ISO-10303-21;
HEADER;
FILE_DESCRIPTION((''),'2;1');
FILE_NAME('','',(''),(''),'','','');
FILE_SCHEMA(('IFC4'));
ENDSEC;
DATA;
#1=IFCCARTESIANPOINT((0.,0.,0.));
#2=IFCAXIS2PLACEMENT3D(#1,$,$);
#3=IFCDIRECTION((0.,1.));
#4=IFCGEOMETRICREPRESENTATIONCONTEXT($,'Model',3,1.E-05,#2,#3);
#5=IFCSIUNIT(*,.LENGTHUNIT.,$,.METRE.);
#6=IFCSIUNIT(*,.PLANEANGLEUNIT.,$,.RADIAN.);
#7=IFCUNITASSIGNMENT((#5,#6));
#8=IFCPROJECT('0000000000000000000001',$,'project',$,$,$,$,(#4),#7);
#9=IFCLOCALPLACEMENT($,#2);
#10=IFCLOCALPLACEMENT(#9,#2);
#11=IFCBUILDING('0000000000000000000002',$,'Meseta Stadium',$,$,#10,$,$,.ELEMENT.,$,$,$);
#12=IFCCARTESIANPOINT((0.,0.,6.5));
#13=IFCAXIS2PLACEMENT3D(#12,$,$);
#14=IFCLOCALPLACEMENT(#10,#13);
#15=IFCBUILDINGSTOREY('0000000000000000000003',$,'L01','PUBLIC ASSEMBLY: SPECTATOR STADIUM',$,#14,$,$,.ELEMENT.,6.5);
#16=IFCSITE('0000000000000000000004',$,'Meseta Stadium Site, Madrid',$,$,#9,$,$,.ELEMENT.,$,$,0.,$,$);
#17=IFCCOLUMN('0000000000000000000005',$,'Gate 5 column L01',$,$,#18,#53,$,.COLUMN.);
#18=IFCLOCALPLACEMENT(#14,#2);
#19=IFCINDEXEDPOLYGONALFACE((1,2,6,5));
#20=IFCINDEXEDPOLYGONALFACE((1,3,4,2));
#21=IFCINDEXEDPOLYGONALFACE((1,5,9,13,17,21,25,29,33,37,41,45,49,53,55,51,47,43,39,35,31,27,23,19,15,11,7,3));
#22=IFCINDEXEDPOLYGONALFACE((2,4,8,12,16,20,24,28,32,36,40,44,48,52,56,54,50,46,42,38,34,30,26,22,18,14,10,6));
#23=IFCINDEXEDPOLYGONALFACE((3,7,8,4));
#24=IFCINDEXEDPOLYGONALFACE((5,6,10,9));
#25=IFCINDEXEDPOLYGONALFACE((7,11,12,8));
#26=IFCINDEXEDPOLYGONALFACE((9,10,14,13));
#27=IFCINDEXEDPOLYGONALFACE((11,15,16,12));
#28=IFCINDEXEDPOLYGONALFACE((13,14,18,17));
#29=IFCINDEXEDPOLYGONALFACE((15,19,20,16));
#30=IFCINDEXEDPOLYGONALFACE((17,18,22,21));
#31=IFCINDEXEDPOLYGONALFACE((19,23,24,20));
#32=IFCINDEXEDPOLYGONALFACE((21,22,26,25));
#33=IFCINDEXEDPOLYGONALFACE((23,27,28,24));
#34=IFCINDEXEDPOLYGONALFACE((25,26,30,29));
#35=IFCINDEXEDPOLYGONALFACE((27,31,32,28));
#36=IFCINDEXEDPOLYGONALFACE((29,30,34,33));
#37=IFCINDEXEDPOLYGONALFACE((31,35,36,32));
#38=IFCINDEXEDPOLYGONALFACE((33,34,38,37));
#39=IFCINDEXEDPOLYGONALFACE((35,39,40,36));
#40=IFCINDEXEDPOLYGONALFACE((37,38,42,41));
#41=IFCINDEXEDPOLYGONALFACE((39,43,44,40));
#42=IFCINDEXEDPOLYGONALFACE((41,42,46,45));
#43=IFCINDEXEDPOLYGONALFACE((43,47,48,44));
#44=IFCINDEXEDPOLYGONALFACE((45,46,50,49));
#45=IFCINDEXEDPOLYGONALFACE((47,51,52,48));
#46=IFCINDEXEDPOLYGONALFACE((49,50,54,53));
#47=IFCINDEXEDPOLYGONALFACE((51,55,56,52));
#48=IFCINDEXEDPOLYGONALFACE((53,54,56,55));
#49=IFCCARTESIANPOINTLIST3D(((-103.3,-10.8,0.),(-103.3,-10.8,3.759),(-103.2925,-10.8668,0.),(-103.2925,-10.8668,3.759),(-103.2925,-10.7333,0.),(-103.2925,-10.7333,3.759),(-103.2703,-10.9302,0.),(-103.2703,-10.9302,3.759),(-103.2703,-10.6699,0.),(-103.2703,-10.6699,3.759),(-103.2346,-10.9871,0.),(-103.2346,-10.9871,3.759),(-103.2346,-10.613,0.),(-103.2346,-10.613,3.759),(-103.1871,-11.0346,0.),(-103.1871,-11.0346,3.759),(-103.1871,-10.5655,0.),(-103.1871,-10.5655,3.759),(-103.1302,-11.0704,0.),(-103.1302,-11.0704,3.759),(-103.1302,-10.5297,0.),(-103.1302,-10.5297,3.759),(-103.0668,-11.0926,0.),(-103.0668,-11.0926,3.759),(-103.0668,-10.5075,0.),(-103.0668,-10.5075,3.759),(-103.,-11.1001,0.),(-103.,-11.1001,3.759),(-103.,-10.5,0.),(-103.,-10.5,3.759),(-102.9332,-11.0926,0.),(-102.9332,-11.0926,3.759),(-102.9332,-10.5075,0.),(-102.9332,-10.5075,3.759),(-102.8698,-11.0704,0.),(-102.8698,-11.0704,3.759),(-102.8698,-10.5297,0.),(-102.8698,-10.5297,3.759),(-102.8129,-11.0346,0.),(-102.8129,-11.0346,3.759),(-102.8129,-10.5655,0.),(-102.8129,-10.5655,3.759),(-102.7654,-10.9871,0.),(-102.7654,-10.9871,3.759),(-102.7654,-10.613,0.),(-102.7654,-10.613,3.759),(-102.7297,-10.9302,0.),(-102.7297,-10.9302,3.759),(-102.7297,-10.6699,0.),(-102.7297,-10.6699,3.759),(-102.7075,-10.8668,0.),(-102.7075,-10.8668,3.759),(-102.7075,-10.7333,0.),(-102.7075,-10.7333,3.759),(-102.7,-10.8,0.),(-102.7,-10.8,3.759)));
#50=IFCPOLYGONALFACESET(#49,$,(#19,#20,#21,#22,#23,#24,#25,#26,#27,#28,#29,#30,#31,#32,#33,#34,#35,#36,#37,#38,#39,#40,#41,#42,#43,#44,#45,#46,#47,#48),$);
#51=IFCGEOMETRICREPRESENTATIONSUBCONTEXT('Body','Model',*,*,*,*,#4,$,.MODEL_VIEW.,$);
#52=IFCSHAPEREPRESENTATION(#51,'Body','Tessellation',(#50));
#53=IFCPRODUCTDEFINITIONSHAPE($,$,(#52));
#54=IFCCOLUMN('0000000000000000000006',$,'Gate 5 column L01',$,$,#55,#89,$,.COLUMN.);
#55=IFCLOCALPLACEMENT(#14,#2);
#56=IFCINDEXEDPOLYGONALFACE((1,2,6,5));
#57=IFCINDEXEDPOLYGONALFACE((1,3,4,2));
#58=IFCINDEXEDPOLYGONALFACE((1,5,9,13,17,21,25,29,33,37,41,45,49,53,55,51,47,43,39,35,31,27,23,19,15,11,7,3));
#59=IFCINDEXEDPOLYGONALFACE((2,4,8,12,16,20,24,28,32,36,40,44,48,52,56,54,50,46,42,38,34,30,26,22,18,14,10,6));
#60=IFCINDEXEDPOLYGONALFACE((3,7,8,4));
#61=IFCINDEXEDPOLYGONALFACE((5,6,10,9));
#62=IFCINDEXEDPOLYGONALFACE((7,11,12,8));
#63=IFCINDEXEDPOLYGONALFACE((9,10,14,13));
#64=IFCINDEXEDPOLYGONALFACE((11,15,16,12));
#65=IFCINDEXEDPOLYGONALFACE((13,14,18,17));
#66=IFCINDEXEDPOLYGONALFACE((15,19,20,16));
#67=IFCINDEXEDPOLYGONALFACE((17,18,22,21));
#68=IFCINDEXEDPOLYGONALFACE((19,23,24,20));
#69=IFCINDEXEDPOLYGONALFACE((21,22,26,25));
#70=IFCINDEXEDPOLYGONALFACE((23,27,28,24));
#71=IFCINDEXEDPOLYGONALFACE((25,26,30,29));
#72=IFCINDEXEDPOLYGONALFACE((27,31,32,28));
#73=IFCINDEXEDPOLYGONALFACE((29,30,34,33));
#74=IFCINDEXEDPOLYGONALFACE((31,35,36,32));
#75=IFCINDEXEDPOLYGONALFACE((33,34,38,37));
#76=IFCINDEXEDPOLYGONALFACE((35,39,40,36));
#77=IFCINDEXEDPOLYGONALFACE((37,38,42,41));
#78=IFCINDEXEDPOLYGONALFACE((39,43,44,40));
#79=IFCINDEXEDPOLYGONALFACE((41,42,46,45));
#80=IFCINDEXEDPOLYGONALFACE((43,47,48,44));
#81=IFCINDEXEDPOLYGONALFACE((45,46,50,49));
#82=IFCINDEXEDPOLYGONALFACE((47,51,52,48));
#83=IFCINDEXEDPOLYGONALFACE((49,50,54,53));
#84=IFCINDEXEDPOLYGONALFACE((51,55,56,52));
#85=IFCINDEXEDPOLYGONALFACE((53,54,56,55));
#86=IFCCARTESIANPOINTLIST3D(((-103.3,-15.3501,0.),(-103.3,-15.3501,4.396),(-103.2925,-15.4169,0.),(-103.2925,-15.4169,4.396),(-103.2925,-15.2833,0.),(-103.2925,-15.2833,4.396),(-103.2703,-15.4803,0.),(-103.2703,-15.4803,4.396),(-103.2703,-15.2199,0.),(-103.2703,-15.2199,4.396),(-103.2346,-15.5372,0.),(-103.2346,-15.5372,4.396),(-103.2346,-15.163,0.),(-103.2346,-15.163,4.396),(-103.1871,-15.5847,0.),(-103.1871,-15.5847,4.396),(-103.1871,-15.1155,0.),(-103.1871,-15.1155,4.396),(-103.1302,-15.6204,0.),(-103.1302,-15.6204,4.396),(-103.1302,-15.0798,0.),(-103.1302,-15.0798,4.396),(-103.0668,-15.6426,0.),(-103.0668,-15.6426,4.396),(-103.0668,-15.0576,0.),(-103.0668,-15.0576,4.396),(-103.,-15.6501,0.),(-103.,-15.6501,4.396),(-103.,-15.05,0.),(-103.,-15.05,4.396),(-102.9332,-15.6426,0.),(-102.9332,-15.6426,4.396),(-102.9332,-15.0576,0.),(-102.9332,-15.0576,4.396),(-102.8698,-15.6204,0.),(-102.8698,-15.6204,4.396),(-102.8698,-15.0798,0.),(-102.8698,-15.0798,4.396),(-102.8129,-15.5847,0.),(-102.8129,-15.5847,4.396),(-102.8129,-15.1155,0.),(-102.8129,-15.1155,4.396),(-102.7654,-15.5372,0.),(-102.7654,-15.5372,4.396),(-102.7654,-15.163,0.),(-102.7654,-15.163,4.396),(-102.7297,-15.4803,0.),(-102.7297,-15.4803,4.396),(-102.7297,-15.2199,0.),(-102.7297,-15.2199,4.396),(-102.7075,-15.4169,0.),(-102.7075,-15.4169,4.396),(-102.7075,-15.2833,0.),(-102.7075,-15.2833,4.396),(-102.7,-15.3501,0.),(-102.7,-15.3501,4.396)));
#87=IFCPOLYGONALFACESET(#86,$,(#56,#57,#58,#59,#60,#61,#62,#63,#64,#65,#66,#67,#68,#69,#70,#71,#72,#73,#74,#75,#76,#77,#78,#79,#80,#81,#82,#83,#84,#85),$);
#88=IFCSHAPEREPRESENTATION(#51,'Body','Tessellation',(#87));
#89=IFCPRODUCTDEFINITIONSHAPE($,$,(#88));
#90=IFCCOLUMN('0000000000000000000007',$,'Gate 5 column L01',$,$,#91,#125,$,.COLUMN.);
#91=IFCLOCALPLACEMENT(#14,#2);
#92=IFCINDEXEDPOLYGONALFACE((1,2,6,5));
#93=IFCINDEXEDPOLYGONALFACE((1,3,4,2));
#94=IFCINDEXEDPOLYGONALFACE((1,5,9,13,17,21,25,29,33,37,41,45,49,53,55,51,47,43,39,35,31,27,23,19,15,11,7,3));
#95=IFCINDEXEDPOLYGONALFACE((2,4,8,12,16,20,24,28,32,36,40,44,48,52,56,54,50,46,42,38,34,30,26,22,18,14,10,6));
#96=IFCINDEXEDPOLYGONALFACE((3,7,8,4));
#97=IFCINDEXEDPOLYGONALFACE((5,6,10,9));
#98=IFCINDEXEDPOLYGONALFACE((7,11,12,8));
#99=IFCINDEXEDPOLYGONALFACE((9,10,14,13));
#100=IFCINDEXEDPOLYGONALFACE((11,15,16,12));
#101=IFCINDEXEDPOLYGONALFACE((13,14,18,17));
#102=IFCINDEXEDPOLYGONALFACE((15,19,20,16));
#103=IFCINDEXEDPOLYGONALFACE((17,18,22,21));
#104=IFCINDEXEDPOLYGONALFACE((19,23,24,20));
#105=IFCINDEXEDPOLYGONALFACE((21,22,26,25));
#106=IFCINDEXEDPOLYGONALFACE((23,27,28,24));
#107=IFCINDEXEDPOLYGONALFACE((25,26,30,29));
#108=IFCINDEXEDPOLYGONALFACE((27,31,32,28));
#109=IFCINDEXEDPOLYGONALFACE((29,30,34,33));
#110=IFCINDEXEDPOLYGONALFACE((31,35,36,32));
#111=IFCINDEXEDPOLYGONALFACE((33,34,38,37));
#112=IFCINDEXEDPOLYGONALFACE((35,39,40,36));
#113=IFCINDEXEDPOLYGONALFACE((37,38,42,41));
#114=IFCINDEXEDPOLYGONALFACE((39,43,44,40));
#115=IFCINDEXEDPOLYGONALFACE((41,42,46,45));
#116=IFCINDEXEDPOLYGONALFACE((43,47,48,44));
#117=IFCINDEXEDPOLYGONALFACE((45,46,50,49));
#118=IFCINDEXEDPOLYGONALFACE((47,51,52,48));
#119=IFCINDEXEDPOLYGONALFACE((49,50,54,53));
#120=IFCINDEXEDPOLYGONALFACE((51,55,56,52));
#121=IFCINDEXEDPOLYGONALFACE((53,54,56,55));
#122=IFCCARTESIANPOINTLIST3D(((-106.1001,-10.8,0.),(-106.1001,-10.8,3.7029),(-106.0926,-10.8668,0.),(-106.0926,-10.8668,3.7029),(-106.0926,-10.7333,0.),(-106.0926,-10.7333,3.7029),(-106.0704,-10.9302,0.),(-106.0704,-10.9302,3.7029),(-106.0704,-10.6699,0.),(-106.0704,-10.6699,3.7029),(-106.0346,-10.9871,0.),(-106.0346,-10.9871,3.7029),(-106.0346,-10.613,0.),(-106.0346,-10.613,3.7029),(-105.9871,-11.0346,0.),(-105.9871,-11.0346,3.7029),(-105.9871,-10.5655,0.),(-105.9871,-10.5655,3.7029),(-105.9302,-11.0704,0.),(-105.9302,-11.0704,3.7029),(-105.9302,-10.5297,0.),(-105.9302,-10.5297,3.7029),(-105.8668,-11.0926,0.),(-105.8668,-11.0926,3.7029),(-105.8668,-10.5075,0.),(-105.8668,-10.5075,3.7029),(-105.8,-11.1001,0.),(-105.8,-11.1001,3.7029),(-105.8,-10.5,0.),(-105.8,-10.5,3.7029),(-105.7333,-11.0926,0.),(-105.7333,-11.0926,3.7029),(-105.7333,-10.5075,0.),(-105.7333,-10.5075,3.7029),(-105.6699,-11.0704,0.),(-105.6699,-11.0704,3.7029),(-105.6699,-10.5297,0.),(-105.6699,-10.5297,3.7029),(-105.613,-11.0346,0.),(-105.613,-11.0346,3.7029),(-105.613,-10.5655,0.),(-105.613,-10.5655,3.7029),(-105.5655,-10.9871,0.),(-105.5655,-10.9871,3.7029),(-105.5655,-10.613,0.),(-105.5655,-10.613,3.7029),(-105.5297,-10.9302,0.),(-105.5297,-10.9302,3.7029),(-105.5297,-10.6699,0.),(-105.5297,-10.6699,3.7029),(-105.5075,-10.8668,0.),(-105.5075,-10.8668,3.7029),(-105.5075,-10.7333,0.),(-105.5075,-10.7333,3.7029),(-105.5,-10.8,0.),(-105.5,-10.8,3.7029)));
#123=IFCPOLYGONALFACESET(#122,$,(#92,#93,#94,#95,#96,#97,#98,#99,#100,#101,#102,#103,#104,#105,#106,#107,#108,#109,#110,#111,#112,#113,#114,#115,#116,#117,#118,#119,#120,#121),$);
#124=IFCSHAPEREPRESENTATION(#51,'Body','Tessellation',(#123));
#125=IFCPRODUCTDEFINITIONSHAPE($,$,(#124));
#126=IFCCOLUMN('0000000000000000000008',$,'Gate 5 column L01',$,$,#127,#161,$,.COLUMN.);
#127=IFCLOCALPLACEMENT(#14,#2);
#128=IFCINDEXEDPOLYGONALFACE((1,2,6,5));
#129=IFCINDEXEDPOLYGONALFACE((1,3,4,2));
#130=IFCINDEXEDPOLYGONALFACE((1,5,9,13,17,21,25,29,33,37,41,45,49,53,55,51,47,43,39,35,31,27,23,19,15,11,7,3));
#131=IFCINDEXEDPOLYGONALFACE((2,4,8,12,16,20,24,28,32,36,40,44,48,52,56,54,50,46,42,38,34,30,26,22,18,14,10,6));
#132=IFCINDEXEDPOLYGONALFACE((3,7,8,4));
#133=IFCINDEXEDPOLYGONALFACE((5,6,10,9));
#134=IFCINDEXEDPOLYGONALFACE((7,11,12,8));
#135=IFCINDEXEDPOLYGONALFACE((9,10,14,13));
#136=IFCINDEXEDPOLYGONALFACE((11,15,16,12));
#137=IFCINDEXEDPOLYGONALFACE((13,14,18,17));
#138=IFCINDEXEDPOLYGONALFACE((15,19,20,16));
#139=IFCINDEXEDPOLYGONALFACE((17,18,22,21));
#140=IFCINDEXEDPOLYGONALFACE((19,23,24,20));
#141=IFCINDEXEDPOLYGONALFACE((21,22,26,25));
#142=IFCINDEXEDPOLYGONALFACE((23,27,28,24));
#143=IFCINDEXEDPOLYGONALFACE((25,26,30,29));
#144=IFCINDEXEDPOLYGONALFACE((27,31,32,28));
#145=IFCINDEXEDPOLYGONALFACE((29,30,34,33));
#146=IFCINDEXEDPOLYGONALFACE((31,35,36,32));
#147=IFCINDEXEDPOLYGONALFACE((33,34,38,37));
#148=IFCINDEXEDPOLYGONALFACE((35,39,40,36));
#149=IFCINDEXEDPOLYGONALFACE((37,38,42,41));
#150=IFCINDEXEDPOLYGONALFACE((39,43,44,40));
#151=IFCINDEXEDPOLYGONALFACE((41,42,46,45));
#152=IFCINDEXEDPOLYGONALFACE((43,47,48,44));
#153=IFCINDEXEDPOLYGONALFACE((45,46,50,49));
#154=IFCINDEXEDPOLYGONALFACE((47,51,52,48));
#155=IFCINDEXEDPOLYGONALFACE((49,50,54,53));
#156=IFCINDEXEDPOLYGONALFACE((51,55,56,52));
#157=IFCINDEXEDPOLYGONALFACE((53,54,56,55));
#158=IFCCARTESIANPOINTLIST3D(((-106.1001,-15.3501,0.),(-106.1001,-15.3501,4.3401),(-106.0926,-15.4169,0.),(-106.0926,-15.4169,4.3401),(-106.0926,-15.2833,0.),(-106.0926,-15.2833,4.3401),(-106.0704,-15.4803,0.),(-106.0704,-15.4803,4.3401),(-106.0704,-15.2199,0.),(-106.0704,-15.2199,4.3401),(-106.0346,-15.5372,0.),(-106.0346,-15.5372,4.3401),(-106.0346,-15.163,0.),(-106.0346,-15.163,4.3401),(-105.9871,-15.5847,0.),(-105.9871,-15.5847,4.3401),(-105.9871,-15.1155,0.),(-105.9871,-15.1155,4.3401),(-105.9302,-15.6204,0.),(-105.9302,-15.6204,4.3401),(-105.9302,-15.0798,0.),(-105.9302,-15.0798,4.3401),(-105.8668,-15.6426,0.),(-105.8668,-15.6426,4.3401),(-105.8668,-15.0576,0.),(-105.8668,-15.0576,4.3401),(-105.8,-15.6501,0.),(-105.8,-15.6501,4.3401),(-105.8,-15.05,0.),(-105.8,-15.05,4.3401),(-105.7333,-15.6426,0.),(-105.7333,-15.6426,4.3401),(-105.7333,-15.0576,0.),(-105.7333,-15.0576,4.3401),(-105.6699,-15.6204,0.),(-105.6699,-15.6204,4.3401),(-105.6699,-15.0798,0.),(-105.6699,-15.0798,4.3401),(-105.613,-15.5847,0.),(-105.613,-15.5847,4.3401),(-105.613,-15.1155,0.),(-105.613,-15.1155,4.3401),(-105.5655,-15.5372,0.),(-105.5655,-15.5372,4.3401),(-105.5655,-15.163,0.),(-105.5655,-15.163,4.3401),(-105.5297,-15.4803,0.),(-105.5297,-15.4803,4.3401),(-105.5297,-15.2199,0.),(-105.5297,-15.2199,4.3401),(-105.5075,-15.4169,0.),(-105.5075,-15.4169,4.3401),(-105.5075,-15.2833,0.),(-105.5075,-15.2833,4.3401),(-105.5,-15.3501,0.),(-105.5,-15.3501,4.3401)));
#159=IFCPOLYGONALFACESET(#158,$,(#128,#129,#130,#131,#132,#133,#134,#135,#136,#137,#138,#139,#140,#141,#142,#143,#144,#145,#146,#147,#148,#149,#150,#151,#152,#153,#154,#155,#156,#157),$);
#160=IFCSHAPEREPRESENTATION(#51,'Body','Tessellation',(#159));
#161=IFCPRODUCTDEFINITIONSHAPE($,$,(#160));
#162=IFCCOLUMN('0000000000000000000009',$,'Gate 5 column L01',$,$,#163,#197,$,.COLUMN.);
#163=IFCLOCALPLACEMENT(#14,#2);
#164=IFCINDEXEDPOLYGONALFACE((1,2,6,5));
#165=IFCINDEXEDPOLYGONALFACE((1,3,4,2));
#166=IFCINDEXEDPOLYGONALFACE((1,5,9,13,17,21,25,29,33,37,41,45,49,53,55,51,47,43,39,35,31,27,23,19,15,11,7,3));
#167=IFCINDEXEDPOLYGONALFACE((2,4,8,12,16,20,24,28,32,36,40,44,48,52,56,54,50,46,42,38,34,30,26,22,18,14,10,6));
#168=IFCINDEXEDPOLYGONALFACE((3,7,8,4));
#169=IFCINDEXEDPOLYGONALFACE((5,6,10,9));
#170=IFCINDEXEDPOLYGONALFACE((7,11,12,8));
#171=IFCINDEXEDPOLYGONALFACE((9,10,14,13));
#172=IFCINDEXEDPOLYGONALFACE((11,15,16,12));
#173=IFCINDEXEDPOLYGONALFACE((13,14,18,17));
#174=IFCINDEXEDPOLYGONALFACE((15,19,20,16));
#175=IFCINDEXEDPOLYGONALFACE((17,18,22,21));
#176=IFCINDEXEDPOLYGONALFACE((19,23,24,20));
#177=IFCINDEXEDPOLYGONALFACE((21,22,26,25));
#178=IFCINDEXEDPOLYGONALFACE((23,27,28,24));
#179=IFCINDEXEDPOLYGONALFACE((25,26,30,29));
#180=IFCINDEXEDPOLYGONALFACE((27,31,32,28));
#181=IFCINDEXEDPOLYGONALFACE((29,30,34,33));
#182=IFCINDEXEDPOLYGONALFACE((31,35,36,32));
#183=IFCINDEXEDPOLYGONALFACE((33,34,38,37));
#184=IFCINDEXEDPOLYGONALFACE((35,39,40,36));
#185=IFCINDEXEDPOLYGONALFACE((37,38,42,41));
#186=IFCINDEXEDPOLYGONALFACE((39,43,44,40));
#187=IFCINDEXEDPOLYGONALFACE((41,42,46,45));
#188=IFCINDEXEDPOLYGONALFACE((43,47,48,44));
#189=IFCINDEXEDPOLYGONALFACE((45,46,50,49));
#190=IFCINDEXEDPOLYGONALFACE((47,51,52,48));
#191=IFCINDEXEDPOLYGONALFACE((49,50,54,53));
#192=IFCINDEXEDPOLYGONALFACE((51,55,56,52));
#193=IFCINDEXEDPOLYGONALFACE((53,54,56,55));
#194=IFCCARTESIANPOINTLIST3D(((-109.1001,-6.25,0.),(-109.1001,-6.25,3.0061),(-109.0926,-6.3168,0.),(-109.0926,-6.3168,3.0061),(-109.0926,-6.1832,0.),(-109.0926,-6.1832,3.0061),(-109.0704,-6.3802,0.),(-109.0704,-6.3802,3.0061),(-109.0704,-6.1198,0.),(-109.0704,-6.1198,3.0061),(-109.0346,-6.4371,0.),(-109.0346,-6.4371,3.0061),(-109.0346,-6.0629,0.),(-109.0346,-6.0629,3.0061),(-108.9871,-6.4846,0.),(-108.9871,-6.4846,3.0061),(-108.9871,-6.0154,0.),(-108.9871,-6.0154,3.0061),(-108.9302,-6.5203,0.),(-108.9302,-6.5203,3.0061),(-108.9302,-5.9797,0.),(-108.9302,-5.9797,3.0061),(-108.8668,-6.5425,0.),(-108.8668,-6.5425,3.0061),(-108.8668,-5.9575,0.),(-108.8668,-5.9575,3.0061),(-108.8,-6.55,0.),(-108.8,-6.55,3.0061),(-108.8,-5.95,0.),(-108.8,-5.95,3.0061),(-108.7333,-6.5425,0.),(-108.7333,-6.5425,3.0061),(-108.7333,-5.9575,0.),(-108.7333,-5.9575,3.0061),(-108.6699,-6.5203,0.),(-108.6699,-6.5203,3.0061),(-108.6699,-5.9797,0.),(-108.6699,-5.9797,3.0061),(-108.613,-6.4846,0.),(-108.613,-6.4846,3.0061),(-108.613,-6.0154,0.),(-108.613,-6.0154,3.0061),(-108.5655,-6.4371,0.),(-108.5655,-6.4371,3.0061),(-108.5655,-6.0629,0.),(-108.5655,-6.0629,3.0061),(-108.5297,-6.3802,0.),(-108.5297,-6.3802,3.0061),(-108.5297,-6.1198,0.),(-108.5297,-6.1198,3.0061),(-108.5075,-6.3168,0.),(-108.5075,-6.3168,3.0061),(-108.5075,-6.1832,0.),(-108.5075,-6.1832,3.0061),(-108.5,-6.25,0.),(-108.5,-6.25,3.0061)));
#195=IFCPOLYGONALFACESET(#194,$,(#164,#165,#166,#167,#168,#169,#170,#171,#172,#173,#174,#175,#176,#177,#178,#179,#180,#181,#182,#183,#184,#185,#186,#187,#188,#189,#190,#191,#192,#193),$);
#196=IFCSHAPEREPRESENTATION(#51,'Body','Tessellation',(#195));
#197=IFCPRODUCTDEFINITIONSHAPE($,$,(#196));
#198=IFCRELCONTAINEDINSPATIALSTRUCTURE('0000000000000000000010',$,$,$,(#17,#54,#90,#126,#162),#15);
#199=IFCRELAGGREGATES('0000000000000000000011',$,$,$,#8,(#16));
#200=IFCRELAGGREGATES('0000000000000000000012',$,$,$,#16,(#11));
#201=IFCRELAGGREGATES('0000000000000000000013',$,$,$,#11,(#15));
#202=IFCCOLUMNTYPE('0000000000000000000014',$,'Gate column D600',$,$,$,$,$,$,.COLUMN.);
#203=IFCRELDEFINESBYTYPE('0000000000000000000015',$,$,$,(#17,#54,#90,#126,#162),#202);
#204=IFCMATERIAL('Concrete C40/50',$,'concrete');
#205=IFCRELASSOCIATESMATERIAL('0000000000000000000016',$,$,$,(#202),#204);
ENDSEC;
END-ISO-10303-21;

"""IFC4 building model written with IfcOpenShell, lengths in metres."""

from ifc_helpers import new_model, si_unit, direction, frame, origin, origin_2d, place, context, subcontext, project, spatial, circle, extrude, material, material_profile, profile_set, type_object, element, save


model = new_model("IFC4")

# Units and contexts
model_context = context("Model", 3, precision=1e-05, world=origin(), true_north=direction((0.0, 1.0)))
body_context = subcontext(model_context, "Body", "Model", "MODEL_VIEW")
ifc_project = project(units=[si_unit("LENGTHUNIT", "METRE"), si_unit("PLANEANGLEUNIT", "RADIAN")], contexts=[model_context])

# Site, building, storey
site_placement = place(None, origin())
site = spatial("IfcSite", under=ifc_project, at=site_placement, Name="Meseta Stadium Site, Madrid", CompositionType="ELEMENT", RefElevation=0.0)
building_placement = place(site_placement, origin())
building = spatial("IfcBuilding", under=site, at=building_placement, Name="Meseta Stadium", CompositionType="ELEMENT")
storey_placement = place(building_placement, frame((0.0, 0.0, 6.5)))
storey = spatial("IfcBuildingStorey", under=building, at=storey_placement, Name="L01", Description="PUBLIC ASSEMBLY: SPECTATOR STADIUM", CompositionType="ELEMENT", Elevation=6.5)

# Columns
ifc_material_1 = material(Name="Concrete C40/50", Category="concrete")
ifc_material_profile_1 = material_profile(ifc_material_1, circle(Radius=0.3, at=origin_2d()), Name="RC D600")
ifc_profile_set_1 = profile_set([ifc_material_profile_1], Name="Concrete C40/50")
column_type = type_object("IfcColumnType", Name="Gate column D600", PredefinedType="COLUMN", material=ifc_profile_set_1)
column_1_placement = place(storey_placement, frame((-103.0, -10.8, 0.0), z_axis=(0.0, 0.0, 1.0), x_axis=(1.0, 0.0, 0.0)))
element("IfcColumn", 1, at=column_1_placement, inside=storey, type_object=column_type, Name="Gate 5 column L01", PredefinedType="COLUMN", context=body_context, shape_type="SweptSolid", body=[
    extrude(circle(Radius=0.3, at=origin_2d()), origin(), (0.0, 0.0, 1.0), 3.759),
])
column_2_placement = place(storey_placement, frame((-103.0, -15.3501, 0.0), z_axis=(0.0, 0.0, 1.0), x_axis=(1.0, 0.0, 0.0)))
element("IfcColumn", 2, at=column_2_placement, inside=storey, type_object=column_type, Name="Gate 5 column L01", PredefinedType="COLUMN", context=body_context, shape_type="SweptSolid", body=[
    extrude(circle(Radius=0.3, at=origin_2d()), origin(), (0.0, 0.0, 1.0), 4.396),
])
column_3_placement = place(storey_placement, frame((-105.8, -10.8, 0.0), z_axis=(0.0, 0.0, 1.0), x_axis=(1.0, 0.0, 0.0)))
element("IfcColumn", 3, at=column_3_placement, inside=storey, type_object=column_type, Name="Gate 5 column L01", PredefinedType="COLUMN", context=body_context, shape_type="SweptSolid", body=[
    extrude(circle(Radius=0.3, at=origin_2d()), origin(), (0.0, 0.0, 1.0), 3.7029),
])
column_4_placement = place(storey_placement, frame((-105.8, -15.3501, 0.0), z_axis=(0.0, 0.0, 1.0), x_axis=(1.0, 0.0, 0.0)))
element("IfcColumn", 4, at=column_4_placement, inside=storey, type_object=column_type, Name="Gate 5 column L01", PredefinedType="COLUMN", context=body_context, shape_type="SweptSolid", body=[
    extrude(circle(Radius=0.3, at=origin_2d()), origin(), (0.0, 0.0, 1.0), 4.3401),
])
column_5_placement = place(storey_placement, frame((-108.8, -6.25, 0.0), z_axis=(0.0, 0.0, 1.0), x_axis=(1.0, 0.0, 0.0)))
element("IfcColumn", 5, at=column_5_placement, inside=storey, type_object=column_type, Name="Gate 5 column L01", PredefinedType="COLUMN", context=body_context, shape_type="SweptSolid", body=[
    extrude(circle(Radius=0.3, at=origin_2d()), origin(), (0.0, 0.0, 1.0), 3.0061),
])

save(model, "model.ifc")
